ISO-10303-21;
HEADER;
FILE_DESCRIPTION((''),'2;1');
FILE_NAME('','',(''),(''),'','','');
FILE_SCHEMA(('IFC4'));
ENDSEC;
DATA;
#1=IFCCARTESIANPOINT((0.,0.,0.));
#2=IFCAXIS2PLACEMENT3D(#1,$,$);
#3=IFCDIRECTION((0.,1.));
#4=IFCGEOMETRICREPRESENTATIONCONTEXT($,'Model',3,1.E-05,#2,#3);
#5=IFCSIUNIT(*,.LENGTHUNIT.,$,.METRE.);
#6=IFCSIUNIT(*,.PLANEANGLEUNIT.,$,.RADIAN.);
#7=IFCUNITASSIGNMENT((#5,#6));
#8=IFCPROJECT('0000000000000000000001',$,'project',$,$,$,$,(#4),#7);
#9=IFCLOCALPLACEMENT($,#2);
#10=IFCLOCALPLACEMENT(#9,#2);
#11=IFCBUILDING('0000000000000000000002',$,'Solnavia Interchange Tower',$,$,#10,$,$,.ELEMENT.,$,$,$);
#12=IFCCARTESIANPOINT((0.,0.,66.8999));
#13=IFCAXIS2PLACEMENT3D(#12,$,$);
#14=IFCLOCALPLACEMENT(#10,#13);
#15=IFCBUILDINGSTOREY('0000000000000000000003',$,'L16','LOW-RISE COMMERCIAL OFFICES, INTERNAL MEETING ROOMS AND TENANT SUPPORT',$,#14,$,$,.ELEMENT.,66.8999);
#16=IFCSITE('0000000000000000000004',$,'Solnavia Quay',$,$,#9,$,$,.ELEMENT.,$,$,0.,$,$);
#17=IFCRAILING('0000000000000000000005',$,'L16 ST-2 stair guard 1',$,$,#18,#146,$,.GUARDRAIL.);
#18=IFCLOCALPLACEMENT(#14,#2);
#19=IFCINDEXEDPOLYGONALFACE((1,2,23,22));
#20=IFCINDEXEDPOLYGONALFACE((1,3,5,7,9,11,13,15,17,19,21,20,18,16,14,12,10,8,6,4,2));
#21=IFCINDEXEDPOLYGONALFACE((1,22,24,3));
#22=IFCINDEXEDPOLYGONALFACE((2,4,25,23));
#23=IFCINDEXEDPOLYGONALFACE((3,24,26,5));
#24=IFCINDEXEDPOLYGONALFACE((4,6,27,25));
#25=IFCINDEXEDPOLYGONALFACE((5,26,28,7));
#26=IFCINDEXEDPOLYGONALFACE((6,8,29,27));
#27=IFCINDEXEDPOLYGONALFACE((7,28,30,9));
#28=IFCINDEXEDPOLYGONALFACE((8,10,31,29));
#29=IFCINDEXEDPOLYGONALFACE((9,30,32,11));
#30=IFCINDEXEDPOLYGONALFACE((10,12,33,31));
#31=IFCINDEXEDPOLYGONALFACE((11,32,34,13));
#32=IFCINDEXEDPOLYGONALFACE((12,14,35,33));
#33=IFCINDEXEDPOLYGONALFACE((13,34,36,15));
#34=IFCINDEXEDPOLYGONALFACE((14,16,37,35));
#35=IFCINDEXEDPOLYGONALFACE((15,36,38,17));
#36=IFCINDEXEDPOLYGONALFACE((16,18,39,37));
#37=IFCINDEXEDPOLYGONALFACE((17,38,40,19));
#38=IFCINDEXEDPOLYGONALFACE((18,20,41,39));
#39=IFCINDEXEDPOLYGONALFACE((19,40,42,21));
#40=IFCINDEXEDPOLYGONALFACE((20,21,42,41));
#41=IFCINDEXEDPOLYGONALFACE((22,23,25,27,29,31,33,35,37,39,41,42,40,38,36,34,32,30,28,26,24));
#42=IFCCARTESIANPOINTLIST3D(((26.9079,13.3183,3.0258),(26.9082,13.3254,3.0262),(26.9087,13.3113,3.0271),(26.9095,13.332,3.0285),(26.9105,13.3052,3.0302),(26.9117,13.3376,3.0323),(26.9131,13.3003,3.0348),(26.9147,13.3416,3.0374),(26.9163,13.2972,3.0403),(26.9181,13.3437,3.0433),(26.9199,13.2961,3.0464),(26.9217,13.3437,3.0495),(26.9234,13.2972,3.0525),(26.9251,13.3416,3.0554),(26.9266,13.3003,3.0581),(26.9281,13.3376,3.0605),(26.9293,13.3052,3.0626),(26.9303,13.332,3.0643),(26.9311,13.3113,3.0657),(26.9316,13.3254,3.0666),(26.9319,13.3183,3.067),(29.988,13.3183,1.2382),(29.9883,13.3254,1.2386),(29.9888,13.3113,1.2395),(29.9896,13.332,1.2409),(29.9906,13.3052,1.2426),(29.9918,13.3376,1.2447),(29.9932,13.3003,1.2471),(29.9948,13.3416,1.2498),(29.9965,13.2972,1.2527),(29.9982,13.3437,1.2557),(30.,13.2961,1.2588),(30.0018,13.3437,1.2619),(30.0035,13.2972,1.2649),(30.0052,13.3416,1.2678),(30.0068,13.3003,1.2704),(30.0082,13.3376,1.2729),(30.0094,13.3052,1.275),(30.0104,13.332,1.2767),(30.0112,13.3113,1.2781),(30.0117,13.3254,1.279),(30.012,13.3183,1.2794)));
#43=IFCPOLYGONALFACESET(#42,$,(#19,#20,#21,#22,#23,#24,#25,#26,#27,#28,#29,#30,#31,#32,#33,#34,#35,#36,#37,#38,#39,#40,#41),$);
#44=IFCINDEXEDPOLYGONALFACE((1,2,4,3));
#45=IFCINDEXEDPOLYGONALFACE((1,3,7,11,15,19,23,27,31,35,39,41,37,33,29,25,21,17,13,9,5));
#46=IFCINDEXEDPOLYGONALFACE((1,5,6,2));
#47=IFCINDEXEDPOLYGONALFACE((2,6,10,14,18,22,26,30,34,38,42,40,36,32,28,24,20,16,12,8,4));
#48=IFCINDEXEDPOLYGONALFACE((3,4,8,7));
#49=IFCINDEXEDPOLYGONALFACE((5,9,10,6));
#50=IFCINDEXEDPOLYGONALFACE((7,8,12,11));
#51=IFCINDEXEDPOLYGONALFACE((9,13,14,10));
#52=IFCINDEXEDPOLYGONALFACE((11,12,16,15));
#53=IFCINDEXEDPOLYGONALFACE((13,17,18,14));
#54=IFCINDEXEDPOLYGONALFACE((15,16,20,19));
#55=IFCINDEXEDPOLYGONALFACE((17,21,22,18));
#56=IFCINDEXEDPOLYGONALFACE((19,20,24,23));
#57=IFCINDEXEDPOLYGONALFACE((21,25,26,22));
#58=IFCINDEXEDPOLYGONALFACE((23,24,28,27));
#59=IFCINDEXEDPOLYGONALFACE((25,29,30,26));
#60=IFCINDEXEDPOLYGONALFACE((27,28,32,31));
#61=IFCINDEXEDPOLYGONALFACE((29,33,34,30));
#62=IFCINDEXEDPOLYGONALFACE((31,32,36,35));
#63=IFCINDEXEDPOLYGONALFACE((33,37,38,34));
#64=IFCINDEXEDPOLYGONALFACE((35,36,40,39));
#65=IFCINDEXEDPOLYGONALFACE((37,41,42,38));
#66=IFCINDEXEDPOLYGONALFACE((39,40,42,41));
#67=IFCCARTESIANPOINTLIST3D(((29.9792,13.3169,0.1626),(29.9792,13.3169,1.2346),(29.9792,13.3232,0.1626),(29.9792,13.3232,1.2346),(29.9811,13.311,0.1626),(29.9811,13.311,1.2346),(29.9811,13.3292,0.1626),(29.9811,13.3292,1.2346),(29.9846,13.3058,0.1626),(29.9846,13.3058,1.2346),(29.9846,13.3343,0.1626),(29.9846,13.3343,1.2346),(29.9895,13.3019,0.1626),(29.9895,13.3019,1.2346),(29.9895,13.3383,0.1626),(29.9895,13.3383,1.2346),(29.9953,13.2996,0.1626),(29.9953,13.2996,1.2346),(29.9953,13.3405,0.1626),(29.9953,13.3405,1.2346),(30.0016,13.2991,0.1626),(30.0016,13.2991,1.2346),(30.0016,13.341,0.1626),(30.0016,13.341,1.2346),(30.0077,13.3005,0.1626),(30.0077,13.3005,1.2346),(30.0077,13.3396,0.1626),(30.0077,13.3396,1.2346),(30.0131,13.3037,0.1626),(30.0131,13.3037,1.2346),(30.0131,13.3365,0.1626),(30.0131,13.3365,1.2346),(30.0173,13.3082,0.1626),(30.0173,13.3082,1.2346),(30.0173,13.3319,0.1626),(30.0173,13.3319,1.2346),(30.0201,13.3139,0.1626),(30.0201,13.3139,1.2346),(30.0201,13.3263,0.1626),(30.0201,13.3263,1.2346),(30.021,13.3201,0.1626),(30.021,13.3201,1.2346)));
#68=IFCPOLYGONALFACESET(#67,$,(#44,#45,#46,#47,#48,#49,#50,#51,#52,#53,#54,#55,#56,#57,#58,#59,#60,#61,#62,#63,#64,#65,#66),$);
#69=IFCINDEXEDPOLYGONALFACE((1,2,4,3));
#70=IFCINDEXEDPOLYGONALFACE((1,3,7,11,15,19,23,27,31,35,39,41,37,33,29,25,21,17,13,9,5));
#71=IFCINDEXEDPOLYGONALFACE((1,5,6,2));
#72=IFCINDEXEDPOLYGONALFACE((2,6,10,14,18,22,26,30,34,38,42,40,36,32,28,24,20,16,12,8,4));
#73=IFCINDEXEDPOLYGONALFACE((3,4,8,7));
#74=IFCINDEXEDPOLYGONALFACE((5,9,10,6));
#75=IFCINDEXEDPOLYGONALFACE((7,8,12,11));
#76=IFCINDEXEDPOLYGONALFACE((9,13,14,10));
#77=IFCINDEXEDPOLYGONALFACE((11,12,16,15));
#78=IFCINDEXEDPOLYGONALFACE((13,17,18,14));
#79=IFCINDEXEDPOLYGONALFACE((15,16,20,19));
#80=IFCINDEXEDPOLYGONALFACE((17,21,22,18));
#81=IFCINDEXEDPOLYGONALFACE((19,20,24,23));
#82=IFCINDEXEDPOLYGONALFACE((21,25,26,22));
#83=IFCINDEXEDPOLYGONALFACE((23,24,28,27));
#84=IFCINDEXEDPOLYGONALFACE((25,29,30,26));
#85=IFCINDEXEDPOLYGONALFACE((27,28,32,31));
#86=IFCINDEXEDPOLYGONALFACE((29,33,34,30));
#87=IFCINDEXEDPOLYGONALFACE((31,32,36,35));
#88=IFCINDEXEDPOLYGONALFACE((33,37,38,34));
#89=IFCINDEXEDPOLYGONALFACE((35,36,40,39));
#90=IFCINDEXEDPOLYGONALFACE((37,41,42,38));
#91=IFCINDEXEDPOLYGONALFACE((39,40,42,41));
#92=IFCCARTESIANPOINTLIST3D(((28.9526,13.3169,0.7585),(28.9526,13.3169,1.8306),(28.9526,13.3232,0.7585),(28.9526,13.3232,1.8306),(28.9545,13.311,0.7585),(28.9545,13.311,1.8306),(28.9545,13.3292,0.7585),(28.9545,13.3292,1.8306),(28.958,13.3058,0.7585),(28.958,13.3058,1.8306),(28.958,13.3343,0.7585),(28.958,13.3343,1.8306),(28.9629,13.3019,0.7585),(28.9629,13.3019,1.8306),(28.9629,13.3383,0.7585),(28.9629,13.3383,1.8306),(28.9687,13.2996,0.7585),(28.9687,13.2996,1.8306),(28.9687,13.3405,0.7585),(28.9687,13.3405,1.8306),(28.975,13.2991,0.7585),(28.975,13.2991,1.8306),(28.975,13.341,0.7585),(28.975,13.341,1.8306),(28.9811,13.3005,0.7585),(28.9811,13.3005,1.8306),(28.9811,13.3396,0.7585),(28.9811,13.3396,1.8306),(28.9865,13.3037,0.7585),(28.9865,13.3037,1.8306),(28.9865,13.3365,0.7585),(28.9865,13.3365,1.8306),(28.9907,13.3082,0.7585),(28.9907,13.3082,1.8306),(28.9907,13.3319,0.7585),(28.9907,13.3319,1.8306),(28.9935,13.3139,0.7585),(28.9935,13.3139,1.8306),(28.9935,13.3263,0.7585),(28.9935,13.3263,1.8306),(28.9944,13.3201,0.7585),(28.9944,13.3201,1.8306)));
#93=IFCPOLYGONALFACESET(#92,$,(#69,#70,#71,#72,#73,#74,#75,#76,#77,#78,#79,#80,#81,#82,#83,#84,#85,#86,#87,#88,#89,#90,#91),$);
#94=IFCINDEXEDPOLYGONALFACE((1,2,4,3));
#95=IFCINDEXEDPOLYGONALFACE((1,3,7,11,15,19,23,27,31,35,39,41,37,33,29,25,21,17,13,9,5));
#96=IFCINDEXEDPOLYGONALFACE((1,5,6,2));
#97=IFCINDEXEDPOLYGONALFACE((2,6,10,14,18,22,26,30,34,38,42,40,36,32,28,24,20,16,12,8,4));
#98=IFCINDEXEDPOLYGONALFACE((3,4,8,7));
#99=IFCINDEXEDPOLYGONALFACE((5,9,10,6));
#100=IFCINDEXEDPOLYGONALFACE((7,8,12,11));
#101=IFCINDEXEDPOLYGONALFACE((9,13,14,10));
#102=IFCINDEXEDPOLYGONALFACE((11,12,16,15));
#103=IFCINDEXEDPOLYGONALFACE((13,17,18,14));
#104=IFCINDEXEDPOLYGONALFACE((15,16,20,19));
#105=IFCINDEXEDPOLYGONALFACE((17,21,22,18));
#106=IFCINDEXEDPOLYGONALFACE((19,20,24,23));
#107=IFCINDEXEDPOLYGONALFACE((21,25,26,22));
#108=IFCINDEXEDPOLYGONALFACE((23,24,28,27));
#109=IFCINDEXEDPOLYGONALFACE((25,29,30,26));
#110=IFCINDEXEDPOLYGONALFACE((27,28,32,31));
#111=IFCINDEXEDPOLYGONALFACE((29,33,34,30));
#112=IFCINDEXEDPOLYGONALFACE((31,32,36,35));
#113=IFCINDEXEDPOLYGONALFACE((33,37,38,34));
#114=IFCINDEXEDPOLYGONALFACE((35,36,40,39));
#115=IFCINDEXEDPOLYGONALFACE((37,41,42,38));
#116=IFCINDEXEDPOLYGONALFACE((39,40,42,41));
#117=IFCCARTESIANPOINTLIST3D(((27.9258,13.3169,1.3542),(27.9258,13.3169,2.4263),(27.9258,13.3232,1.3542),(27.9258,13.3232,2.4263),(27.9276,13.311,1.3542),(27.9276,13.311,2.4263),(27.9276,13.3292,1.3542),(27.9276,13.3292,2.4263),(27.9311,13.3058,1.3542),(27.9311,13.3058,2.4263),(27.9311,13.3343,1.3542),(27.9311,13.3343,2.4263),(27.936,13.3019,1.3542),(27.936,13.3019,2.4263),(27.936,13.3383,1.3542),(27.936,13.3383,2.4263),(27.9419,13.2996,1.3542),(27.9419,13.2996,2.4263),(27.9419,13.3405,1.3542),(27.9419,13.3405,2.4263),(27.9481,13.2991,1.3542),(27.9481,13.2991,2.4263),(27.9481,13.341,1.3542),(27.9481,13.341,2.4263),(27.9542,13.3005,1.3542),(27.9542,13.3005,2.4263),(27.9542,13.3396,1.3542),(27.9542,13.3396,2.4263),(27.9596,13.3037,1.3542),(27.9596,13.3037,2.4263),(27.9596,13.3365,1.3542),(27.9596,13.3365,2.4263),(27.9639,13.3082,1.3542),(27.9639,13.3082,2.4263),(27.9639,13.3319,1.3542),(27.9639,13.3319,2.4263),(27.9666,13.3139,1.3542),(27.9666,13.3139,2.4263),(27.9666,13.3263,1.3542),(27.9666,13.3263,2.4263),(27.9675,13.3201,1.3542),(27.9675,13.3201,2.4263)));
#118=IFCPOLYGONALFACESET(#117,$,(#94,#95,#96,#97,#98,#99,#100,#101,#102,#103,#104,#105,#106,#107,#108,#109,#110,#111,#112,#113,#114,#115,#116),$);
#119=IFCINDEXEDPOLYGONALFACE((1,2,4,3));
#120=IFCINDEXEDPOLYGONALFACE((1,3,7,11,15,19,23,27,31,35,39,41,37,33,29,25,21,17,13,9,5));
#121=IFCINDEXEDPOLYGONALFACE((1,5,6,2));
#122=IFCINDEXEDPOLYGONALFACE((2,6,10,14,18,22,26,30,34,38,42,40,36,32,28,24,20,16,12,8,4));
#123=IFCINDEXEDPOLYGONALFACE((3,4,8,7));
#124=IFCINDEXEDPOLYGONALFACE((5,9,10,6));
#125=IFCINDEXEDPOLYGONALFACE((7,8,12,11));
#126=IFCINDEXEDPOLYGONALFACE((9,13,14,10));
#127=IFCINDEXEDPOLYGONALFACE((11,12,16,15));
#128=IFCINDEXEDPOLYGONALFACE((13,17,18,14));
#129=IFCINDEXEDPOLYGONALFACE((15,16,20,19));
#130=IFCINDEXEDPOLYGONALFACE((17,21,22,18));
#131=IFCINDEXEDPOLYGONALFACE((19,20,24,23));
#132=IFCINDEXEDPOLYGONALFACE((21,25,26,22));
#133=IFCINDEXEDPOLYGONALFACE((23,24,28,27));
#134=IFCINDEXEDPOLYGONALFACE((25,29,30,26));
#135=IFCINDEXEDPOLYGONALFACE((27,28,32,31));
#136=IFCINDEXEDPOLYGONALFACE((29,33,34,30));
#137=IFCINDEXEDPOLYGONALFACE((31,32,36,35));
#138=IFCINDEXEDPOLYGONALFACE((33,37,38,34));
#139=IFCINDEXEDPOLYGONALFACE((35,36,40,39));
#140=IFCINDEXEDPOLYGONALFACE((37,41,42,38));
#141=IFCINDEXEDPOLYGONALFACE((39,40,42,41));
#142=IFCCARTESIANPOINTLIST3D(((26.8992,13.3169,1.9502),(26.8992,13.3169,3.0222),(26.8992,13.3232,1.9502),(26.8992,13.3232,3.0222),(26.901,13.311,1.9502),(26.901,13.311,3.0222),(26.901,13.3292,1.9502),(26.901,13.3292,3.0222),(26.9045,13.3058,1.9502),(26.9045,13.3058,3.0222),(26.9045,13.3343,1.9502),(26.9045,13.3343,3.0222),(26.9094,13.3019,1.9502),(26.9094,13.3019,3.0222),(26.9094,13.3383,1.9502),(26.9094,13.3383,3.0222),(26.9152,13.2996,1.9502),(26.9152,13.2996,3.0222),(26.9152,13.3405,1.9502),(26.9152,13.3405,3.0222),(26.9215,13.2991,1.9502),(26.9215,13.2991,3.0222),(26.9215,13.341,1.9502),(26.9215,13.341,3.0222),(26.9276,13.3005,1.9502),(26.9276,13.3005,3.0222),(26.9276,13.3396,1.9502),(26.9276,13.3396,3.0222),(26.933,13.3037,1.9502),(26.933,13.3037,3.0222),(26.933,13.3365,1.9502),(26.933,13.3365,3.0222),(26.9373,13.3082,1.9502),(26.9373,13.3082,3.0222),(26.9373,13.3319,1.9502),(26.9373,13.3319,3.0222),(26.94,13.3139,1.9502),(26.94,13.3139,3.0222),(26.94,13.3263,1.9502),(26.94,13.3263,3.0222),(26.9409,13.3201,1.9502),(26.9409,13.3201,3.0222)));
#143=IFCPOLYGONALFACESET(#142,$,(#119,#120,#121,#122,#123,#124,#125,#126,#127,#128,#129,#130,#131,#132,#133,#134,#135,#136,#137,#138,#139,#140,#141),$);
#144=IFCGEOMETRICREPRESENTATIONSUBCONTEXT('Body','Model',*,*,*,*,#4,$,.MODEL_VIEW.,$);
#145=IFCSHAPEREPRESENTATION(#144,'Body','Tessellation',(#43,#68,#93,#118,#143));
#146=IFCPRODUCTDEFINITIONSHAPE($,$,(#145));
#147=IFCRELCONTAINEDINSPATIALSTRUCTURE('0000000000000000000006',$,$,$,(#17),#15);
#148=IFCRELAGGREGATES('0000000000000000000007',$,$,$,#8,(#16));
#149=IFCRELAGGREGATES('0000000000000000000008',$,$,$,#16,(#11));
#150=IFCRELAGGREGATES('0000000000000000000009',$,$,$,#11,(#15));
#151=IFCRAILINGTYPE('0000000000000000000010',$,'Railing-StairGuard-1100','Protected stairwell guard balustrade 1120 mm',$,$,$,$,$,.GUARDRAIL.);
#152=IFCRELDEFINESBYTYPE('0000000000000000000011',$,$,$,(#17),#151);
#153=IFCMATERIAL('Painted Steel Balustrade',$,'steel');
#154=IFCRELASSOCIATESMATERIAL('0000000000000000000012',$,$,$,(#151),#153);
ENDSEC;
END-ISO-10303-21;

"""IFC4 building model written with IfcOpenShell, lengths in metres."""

from ifc_helpers import new_model, si_unit, direction, frame, origin, origin_2d, place, context, subcontext, project, spatial, circle, extrude, material, type_object, element, save


model = new_model("IFC4")

# Units and contexts
model_context = context("Model", 3, precision=1e-05, world=origin(), true_north=direction((0.0, 1.0)))
body_context = subcontext(model_context, "Body", "Model", "MODEL_VIEW")
ifc_project = project(units=[si_unit("LENGTHUNIT", "METRE"), si_unit("PLANEANGLEUNIT", "RADIAN")], contexts=[model_context])

# Site, building, storey
site_placement = place(None, origin())
site = spatial("IfcSite", under=ifc_project, at=site_placement, Name="Solnavia Quay", CompositionType="ELEMENT", RefElevation=0.0)
building_placement = place(site_placement, origin())
building = spatial("IfcBuilding", under=site, at=building_placement, Name="Solnavia Interchange Tower", CompositionType="ELEMENT")
storey_placement = place(building_placement, frame((0.0, 0.0, 66.8999)))
storey = spatial("IfcBuildingStorey", under=building, at=storey_placement, Name="L16", Description="LOW-RISE COMMERCIAL OFFICES, INTERNAL MEETING ROOMS AND TENANT SUPPORT", CompositionType="ELEMENT", Elevation=66.8999)

# Railing
ifc_material_1 = material(Name="Painted Steel Balustrade", Category="steel")
railing_type_1 = type_object("IfcRailingType", Name="Railing-StairGuard-1100", Description="Protected stairwell guard balustrade 1120 mm", PredefinedType="GUARDRAIL", material=ifc_material_1)
railing_1_placement = place(storey_placement, frame((30.0, 13.3201, 0.1626)))
element("IfcRailing", 1, at=railing_1_placement, inside=storey, type_object=railing_type_1, Name="L16 ST-2 stair guard 1", PredefinedType="GUARDRAIL", context=body_context, shape_type="SweptSolid", body=[
    extrude(circle(Radius=0.0239, at=origin_2d()), frame((0.0, 0.0, 1.0962), z_axis=(-0.864891, 0.0, 0.50196), x_axis=(0.0, -1.0, 0.0)), (0.0, 0.0, 1.0), 3.5613),
    extrude(circle(Radius=0.021, at=origin_2d()), origin(), (0.0, 0.0, 1.0), 1.072),
    extrude(circle(Radius=0.021, at=origin_2d()), frame((-1.0266, 0.0, 0.5959)), (0.0, 0.0, 1.0), 1.072),
    extrude(circle(Radius=0.021, at=origin_2d()), frame((-2.0535, 0.0, 1.1917)), (0.0, 0.0, 1.0), 1.072),
    extrude(circle(Radius=0.021, at=origin_2d()), frame((-3.0801, 0.0, 1.7876)), (0.0, 0.0, 1.0), 1.072),
])

save(model, "model.ifc")
